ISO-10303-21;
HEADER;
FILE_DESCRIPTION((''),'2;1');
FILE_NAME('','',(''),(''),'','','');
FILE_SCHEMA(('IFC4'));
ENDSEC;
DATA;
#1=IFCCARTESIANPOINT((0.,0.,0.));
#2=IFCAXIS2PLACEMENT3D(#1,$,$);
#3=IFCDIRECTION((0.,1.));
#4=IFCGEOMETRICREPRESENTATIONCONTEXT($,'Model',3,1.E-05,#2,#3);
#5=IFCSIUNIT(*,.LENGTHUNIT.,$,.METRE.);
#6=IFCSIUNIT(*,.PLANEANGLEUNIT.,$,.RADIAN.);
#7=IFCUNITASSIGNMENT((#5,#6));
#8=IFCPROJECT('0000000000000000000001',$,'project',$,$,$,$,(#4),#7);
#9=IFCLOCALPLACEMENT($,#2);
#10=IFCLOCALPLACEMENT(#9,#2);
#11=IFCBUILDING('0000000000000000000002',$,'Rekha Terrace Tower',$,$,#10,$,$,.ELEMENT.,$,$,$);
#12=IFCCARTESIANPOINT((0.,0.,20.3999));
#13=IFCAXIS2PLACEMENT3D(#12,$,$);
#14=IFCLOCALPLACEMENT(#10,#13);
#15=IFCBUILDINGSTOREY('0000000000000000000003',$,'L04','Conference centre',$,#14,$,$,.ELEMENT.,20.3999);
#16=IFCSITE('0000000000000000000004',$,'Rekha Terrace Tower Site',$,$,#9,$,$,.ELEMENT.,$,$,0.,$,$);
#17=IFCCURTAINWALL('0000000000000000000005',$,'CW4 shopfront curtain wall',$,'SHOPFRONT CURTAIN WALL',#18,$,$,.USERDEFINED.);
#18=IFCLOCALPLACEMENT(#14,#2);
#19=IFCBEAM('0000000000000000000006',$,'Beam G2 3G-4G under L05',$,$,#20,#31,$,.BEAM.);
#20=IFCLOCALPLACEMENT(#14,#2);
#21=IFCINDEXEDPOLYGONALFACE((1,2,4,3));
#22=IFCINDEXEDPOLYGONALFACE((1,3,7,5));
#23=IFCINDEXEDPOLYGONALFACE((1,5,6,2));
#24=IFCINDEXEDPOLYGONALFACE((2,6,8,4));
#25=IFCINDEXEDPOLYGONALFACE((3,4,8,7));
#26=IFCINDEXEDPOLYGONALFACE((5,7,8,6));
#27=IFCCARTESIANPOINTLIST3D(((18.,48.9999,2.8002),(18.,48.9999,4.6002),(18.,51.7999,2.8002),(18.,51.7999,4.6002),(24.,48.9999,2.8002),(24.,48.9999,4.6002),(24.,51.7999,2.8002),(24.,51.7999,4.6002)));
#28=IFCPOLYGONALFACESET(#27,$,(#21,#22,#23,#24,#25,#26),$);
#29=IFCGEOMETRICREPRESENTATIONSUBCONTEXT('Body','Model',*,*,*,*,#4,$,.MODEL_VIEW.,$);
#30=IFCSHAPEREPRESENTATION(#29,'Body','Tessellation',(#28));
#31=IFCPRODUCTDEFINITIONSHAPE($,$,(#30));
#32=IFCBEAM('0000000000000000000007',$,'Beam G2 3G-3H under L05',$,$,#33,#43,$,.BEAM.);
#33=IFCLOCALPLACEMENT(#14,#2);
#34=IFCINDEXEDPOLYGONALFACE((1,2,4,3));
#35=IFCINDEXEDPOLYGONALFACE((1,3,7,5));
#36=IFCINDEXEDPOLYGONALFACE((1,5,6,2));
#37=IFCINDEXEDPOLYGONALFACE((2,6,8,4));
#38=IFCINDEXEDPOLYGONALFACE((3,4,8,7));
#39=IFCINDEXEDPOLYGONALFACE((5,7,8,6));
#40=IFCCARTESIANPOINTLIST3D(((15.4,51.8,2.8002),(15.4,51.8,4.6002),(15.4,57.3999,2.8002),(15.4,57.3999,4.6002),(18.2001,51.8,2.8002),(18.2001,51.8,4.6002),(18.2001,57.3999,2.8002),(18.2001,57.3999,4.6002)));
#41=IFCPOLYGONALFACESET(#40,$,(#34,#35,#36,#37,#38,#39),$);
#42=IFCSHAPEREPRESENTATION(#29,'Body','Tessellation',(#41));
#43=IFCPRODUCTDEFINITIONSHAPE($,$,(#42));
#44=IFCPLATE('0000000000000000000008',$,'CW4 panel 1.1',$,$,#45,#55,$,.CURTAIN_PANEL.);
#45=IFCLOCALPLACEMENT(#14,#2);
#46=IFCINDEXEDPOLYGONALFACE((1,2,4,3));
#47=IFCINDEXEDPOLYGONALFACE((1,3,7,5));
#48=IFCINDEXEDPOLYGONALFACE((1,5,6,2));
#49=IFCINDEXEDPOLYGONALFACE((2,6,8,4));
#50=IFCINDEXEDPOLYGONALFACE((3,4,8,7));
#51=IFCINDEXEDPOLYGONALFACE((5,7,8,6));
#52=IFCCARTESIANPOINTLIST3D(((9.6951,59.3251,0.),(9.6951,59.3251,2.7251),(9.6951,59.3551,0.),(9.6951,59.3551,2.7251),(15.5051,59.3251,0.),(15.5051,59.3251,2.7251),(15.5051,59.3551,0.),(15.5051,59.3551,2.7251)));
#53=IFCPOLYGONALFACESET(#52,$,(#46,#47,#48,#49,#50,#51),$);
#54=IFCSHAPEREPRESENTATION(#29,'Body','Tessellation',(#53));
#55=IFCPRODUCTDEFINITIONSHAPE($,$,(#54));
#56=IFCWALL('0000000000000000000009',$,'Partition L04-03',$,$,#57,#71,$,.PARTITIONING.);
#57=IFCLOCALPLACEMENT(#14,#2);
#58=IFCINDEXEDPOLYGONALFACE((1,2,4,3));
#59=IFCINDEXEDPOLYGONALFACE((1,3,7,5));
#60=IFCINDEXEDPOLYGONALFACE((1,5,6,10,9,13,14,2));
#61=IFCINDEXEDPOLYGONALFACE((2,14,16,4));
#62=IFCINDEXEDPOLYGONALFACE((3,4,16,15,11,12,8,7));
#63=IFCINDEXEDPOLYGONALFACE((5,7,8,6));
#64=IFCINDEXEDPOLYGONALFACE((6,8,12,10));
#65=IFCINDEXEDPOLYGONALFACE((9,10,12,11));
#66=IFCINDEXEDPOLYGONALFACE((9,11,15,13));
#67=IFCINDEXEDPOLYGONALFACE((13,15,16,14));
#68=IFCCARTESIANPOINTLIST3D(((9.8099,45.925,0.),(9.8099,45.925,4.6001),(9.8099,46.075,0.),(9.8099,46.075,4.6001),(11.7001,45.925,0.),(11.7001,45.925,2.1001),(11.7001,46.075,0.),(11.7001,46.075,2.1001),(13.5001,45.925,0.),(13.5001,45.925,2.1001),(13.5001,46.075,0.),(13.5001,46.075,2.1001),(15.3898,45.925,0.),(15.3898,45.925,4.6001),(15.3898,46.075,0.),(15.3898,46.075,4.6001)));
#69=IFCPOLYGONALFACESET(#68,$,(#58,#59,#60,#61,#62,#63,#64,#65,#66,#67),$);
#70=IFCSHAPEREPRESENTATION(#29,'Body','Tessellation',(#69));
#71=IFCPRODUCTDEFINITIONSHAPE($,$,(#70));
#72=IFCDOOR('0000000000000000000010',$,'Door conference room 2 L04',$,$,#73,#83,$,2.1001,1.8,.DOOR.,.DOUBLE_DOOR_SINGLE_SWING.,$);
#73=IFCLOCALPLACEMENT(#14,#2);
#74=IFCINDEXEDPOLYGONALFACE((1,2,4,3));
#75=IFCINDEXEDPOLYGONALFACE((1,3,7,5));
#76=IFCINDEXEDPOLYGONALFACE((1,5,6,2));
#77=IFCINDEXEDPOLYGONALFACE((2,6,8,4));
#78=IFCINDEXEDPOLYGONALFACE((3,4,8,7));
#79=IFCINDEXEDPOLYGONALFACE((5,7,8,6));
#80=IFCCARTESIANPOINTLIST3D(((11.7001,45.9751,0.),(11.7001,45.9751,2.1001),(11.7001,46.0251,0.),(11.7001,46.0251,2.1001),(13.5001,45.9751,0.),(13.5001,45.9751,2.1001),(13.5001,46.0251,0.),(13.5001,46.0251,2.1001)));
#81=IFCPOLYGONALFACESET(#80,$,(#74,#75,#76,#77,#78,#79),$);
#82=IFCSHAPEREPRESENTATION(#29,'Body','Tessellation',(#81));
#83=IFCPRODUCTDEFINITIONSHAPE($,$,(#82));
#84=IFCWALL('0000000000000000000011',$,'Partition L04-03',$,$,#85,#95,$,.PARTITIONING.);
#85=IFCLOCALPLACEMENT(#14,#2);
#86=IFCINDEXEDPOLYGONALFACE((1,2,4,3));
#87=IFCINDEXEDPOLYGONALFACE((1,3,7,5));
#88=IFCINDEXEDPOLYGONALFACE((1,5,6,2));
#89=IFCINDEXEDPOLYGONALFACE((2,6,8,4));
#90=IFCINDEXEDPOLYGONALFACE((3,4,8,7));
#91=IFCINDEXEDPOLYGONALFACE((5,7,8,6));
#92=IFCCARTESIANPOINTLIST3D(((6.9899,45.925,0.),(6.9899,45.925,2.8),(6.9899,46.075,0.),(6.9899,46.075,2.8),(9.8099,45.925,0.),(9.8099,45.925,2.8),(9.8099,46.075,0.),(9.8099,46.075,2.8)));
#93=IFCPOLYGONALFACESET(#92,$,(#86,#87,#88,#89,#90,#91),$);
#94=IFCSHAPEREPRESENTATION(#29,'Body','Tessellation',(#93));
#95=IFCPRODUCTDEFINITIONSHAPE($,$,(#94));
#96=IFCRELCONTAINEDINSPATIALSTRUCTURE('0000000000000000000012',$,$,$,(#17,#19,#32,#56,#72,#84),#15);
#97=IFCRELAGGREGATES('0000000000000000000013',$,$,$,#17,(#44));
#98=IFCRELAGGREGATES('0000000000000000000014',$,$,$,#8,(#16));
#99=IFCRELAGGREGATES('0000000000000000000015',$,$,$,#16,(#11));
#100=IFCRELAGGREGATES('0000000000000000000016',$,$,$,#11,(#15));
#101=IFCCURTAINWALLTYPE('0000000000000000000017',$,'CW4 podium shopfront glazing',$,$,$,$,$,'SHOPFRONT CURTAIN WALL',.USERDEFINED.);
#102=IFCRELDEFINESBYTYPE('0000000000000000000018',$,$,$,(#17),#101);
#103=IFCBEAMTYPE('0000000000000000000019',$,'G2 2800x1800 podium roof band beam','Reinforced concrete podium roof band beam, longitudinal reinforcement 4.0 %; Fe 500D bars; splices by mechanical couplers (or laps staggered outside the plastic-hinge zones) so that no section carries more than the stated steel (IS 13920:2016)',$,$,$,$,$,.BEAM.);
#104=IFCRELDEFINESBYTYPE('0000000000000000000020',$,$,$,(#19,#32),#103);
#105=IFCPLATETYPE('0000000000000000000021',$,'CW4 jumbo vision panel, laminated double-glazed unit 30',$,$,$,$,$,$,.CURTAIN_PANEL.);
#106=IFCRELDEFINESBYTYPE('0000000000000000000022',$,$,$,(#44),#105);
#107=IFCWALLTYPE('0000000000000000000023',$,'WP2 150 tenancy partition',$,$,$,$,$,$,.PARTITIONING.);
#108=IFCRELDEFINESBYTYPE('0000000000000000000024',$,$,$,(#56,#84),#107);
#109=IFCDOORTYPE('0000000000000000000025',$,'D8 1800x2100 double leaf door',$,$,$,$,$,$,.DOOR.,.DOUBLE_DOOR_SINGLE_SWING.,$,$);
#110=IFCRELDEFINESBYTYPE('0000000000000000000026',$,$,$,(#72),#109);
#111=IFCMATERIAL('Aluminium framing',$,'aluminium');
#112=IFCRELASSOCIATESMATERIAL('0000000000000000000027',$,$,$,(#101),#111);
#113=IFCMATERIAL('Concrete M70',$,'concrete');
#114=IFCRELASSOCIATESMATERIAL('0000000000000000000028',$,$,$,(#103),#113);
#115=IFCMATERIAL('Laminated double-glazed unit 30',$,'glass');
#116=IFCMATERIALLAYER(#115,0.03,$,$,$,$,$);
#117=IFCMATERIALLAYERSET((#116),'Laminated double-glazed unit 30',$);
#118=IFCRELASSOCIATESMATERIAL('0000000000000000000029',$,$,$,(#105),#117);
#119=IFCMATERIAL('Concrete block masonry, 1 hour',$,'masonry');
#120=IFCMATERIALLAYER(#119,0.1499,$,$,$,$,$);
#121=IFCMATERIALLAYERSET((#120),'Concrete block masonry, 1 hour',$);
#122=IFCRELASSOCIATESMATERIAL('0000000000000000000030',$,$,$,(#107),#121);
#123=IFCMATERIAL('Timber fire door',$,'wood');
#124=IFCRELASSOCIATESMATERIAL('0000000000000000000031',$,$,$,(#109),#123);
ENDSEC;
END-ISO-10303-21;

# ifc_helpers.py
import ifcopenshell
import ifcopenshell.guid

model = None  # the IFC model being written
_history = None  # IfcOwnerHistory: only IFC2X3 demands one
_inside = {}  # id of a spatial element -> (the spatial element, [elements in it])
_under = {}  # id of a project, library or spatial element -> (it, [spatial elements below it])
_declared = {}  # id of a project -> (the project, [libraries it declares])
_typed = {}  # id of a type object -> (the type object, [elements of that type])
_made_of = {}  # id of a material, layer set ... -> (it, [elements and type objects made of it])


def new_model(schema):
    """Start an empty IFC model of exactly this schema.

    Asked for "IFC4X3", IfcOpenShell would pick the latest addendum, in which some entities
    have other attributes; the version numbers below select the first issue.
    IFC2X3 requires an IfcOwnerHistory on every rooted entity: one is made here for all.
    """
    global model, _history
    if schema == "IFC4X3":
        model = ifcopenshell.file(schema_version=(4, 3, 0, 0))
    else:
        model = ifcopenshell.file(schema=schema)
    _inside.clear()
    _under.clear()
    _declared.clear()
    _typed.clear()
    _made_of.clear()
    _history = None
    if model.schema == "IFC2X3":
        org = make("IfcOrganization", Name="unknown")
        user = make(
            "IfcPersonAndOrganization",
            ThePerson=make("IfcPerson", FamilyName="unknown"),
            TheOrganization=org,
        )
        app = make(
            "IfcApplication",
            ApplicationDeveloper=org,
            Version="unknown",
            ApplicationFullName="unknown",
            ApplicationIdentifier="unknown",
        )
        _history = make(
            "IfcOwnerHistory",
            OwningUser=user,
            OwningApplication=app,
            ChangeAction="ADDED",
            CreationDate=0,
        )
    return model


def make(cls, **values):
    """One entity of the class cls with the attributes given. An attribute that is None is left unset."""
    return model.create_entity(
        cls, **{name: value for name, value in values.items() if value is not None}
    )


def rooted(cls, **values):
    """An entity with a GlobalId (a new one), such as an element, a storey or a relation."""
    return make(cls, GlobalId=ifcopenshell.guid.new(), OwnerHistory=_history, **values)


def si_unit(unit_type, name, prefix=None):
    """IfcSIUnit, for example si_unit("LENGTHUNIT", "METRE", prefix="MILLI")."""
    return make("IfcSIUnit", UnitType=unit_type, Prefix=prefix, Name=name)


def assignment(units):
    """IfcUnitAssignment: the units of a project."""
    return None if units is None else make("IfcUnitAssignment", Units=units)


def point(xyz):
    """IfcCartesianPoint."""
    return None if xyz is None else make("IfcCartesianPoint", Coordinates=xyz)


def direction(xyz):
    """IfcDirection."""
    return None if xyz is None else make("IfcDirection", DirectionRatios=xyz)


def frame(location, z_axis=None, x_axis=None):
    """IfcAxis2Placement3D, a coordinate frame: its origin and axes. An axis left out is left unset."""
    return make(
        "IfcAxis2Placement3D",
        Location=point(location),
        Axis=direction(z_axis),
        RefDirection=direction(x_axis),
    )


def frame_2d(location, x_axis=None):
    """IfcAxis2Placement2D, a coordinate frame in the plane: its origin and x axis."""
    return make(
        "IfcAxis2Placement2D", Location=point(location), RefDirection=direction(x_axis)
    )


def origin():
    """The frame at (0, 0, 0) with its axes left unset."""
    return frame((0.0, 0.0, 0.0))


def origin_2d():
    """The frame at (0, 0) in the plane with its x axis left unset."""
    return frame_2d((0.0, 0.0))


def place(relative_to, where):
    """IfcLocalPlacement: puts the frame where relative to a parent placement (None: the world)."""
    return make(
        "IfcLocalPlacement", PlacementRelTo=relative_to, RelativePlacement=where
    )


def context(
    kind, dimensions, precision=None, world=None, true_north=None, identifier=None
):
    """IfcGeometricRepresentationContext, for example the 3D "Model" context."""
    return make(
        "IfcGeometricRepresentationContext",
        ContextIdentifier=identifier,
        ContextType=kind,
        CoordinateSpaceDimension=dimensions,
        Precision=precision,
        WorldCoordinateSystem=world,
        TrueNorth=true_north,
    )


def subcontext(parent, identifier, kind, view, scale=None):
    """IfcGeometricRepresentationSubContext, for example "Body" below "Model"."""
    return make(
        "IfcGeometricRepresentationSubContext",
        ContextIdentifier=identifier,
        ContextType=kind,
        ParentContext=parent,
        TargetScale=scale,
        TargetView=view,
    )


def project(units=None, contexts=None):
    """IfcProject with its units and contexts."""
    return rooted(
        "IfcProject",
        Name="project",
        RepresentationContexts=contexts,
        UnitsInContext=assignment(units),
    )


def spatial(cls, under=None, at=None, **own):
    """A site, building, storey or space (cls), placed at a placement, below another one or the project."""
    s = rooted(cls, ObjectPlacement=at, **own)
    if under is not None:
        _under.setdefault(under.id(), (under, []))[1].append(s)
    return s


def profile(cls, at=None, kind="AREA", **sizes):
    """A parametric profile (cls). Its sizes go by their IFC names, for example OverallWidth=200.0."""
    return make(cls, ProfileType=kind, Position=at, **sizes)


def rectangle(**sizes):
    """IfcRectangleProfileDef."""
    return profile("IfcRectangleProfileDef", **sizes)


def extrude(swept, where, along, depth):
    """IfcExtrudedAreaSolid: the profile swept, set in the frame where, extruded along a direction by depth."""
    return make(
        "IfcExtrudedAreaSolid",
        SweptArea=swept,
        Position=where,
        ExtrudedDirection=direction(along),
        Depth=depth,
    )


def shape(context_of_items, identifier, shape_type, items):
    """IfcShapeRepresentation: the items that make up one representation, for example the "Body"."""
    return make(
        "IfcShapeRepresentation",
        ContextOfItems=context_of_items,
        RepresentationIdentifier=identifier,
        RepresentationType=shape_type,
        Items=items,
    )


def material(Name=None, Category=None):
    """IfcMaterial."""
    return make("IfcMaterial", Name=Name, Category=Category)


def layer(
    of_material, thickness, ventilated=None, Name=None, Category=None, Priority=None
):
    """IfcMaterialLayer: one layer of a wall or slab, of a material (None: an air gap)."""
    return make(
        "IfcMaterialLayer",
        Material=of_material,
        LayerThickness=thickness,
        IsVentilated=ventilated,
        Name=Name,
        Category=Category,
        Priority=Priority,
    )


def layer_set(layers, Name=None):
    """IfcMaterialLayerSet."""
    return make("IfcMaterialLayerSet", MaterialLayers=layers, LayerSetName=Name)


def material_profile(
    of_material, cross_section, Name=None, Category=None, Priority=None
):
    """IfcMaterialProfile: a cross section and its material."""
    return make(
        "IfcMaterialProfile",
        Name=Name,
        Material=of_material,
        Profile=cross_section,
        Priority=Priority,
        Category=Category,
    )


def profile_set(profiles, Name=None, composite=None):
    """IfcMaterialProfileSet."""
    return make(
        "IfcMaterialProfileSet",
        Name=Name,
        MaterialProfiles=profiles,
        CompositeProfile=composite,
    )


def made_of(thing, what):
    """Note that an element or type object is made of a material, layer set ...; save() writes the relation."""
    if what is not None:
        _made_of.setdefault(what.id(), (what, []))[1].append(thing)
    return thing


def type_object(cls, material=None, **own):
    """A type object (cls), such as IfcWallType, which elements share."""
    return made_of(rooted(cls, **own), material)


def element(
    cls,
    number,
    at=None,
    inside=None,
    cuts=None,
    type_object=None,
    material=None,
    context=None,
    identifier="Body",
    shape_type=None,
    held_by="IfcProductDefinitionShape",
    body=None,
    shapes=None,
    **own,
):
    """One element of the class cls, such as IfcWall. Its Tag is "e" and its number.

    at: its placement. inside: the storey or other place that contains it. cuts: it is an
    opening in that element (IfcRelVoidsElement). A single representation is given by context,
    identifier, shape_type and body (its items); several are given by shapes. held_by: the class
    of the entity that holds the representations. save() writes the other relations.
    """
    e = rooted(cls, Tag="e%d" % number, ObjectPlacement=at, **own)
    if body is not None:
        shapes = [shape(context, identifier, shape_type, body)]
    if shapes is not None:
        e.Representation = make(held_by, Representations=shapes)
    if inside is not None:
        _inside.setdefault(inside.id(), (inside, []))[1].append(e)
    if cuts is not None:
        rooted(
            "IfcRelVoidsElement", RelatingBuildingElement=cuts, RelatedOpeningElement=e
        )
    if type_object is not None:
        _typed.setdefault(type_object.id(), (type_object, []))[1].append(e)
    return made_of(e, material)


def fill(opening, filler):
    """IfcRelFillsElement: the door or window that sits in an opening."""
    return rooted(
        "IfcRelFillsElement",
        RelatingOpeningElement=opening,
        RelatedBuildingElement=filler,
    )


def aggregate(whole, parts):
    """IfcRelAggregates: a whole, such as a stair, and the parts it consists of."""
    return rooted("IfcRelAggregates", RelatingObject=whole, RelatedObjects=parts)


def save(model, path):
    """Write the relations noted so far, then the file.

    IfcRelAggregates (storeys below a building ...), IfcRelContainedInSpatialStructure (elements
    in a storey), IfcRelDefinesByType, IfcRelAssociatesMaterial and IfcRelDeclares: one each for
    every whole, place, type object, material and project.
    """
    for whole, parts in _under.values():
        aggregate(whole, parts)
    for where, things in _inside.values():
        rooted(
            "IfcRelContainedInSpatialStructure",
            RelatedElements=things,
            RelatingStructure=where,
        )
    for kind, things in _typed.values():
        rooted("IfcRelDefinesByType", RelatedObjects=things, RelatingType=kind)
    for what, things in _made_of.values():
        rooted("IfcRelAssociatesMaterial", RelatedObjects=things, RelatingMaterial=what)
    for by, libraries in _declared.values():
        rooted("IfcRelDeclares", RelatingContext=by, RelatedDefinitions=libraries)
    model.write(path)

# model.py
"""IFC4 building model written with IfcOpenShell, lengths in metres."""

from ifc_helpers import new_model, si_unit, direction, frame, frame_2d, origin, origin_2d, place, context, subcontext, project, spatial, rectangle, extrude, material, layer, layer_set, material_profile, profile_set, type_object, element, fill, aggregate, save


model = new_model("IFC4")

# Units and contexts
model_context = context("Model", 3, precision=1e-05, world=origin(), true_north=direction((0.0, 1.0)))
body_context = subcontext(model_context, "Body", "Model", "MODEL_VIEW")
ifc_project = project(units=[si_unit("LENGTHUNIT", "METRE"), si_unit("PLANEANGLEUNIT", "RADIAN")], contexts=[model_context])

# Site, building, storey
site_placement = place(None, origin())
site = spatial("IfcSite", under=ifc_project, at=site_placement, Name="Rekha Terrace Tower Site", CompositionType="ELEMENT", RefElevation=0.0)
building_placement = place(site_placement, origin())
building = spatial("IfcBuilding", under=site, at=building_placement, Name="Rekha Terrace Tower", CompositionType="ELEMENT")
storey_placement = place(building_placement, frame((0.0, 0.0, 20.3999)))
storey = spatial("IfcBuildingStorey", under=building, at=storey_placement, Name="L04", Description="Conference centre", CompositionType="ELEMENT", Elevation=20.3999)

# Shared definitions
ifc_material_1 = material(Name="Concrete M70", Category="concrete")

# Curtain wall
ifc_material_2 = material(Name="Aluminium framing", Category="aluminium")
curtain_wall_type = type_object("IfcCurtainWallType", Name="CW4 podium shopfront glazing", ElementType="SHOPFRONT CURTAIN WALL", PredefinedType="USERDEFINED", material=ifc_material_2)
curtain_wall_1_placement = place(storey_placement, origin())
curtain_wall_1 = element("IfcCurtainWall", 1, at=curtain_wall_1_placement, inside=storey, type_object=curtain_wall_type, Name="CW4 shopfront curtain wall", ObjectType="SHOPFRONT CURTAIN WALL", PredefinedType="USERDEFINED")

# Beams
ifc_material_profile_1 = material_profile(ifc_material_1, rectangle(XDim=2.8, YDim=1.8, at=origin_2d()), Name="RC 2800x1800")
ifc_profile_set_1 = profile_set([ifc_material_profile_1], Name="Concrete M70")
beam_type = type_object("IfcBeamType", Name="G2 2800x1800 podium roof band beam", Description="Reinforced concrete podium roof band beam, longitudinal reinforcement 4.0 %; Fe 500D bars; splices by mechanical couplers (or laps staggered outside the plastic-hinge zones) so that no section carries more than the stated steel (IS 13920:2016)", PredefinedType="BEAM", material=ifc_profile_set_1)
beam_1_placement = place(storey_placement, frame((18.0, 50.3999, 3.7002), z_axis=(1.0, 0.0, 0.0), x_axis=(0.0, 1.0, 0.0)))
element("IfcBeam", 2, at=beam_1_placement, inside=storey, type_object=beam_type, Name="Beam G2 3G-4G under L05", PredefinedType="BEAM", context=body_context, shape_type="SweptSolid", body=[
    extrude(rectangle(XDim=2.8, YDim=1.8, at=origin_2d()), origin(), (0.0, 0.0, 1.0), 6.0),
])
beam_2_placement = place(storey_placement, frame((16.8, 51.8, 3.7002), z_axis=(0.0, 1.0, 0.0), x_axis=(-1.0, 0.0, 0.0)))
element("IfcBeam", 3, at=beam_2_placement, inside=storey, type_object=beam_type, Name="Beam G2 3G-3H under L05", PredefinedType="BEAM", context=body_context, shape_type="SweptSolid", body=[
    extrude(rectangle(XDim=2.8, YDim=1.8, at=origin_2d()), origin(), (0.0, 0.0, 1.0), 5.5999),
])

# Plate
ifc_material_3 = material(Name="Laminated double-glazed unit 30", Category="glass")
ifc_layer_1 = layer(ifc_material_3, 0.03)
ifc_layer_set_1 = layer_set([ifc_layer_1], Name="Laminated double-glazed unit 30")
plate_type = type_object("IfcPlateType", Name="CW4 jumbo vision panel, laminated double-glazed unit 30", PredefinedType="CURTAIN_PANEL", material=ifc_layer_set_1)
plate_placement = place(storey_placement, frame((12.6001, 59.3401, 0.0), z_axis=(0.0, 0.0, 1.0), x_axis=(-1.0, 0.0, 0.0)))
plate = element("IfcPlate", 4, at=plate_placement, type_object=plate_type, Name="CW4 panel 1.1", PredefinedType="CURTAIN_PANEL", context=body_context, shape_type="SweptSolid", body=[
    extrude(rectangle(XDim=5.8101, YDim=0.03, at=origin_2d()), origin(), (0.0, 0.0, 1.0), 2.7251),
])
aggregate(curtain_wall_1, [plate])

# Wall, opening, door
ifc_material_4 = material(Name="Concrete block masonry, 1 hour", Category="masonry")
ifc_layer_2 = layer(ifc_material_4, 0.1499)
ifc_layer_set_2 = layer_set([ifc_layer_2], Name="Concrete block masonry, 1 hour")
wall_type = type_object("IfcWallType", Name="WP2 150 tenancy partition", PredefinedType="PARTITIONING", material=ifc_layer_set_2)
wall_1_placement = place(storey_placement, frame((15.3899, 46.0, 0.0), z_axis=(0.0, 0.0, 1.0), x_axis=(-1.0, 0.0, 0.0)))
wall_1 = element("IfcWall", 5, at=wall_1_placement, inside=storey, type_object=wall_type, Name="Partition L04-03", PredefinedType="PARTITIONING", context=body_context, shape_type="SweptSolid", body=[
    extrude(rectangle(XDim=5.5798, YDim=0.1499, at=frame_2d((2.79, 0.0))), origin(), (0.0, 0.0, 1.0), 4.6001),
])
opening_placement = place(wall_1_placement, frame((1.8899, 0.0, 0.0)))
opening = element("IfcOpeningElement", 6, at=opening_placement, cuts=wall_1, PredefinedType="OPENING", context=body_context, shape_type="SweptSolid", body=[
    extrude(rectangle(XDim=1.8, YDim=2.1001, at=frame_2d((0.8999, 1.05))), frame((0.0, 0.085, 0.0), z_axis=(0.0, -1.0, 0.0), x_axis=(1.0, 0.0, 0.0)), (0.0, 0.0, 1.0), 0.1699),
])
ifc_material_5 = material(Name="Timber fire door", Category="wood")
door_type = type_object("IfcDoorType", Name="D8 1800x2100 double leaf door", OperationType="DOUBLE_DOOR_SINGLE_SWING", PredefinedType="DOOR", material=ifc_material_5)
door_placement = place(opening_placement, origin())
door = element("IfcDoor", 7, at=door_placement, inside=storey, type_object=door_type, Name="Door conference room 2 L04", OperationType="DOUBLE_DOOR_SINGLE_SWING", OverallHeight=2.1001, OverallWidth=1.8, PredefinedType="DOOR", context=body_context, shape_type="SweptSolid", body=[
    extrude(rectangle(XDim=1.8, YDim=2.1001, at=frame_2d((0.8999, 1.05))), frame((0.0, 0.0249, 0.0), z_axis=(0.0, -1.0, 0.0), x_axis=(1.0, 0.0, 0.0)), (0.0, 0.0, 1.0), 0.05),
])
fill(opening, door)

# Wall
wall_2_placement = place(storey_placement, frame((9.8101, 46.0, 0.0), z_axis=(0.0, 0.0, 1.0), x_axis=(-1.0, 0.0, 0.0)))
element("IfcWall", 8, at=wall_2_placement, inside=storey, type_object=wall_type, Name="Partition L04-03", PredefinedType="PARTITIONING", context=body_context, shape_type="SweptSolid", body=[
    extrude(rectangle(XDim=2.8201, YDim=0.1499, at=frame_2d((1.4102, 0.0))), origin(), (0.0, 0.0, 1.0), 2.8),
])

save(model, "model.ifc")
